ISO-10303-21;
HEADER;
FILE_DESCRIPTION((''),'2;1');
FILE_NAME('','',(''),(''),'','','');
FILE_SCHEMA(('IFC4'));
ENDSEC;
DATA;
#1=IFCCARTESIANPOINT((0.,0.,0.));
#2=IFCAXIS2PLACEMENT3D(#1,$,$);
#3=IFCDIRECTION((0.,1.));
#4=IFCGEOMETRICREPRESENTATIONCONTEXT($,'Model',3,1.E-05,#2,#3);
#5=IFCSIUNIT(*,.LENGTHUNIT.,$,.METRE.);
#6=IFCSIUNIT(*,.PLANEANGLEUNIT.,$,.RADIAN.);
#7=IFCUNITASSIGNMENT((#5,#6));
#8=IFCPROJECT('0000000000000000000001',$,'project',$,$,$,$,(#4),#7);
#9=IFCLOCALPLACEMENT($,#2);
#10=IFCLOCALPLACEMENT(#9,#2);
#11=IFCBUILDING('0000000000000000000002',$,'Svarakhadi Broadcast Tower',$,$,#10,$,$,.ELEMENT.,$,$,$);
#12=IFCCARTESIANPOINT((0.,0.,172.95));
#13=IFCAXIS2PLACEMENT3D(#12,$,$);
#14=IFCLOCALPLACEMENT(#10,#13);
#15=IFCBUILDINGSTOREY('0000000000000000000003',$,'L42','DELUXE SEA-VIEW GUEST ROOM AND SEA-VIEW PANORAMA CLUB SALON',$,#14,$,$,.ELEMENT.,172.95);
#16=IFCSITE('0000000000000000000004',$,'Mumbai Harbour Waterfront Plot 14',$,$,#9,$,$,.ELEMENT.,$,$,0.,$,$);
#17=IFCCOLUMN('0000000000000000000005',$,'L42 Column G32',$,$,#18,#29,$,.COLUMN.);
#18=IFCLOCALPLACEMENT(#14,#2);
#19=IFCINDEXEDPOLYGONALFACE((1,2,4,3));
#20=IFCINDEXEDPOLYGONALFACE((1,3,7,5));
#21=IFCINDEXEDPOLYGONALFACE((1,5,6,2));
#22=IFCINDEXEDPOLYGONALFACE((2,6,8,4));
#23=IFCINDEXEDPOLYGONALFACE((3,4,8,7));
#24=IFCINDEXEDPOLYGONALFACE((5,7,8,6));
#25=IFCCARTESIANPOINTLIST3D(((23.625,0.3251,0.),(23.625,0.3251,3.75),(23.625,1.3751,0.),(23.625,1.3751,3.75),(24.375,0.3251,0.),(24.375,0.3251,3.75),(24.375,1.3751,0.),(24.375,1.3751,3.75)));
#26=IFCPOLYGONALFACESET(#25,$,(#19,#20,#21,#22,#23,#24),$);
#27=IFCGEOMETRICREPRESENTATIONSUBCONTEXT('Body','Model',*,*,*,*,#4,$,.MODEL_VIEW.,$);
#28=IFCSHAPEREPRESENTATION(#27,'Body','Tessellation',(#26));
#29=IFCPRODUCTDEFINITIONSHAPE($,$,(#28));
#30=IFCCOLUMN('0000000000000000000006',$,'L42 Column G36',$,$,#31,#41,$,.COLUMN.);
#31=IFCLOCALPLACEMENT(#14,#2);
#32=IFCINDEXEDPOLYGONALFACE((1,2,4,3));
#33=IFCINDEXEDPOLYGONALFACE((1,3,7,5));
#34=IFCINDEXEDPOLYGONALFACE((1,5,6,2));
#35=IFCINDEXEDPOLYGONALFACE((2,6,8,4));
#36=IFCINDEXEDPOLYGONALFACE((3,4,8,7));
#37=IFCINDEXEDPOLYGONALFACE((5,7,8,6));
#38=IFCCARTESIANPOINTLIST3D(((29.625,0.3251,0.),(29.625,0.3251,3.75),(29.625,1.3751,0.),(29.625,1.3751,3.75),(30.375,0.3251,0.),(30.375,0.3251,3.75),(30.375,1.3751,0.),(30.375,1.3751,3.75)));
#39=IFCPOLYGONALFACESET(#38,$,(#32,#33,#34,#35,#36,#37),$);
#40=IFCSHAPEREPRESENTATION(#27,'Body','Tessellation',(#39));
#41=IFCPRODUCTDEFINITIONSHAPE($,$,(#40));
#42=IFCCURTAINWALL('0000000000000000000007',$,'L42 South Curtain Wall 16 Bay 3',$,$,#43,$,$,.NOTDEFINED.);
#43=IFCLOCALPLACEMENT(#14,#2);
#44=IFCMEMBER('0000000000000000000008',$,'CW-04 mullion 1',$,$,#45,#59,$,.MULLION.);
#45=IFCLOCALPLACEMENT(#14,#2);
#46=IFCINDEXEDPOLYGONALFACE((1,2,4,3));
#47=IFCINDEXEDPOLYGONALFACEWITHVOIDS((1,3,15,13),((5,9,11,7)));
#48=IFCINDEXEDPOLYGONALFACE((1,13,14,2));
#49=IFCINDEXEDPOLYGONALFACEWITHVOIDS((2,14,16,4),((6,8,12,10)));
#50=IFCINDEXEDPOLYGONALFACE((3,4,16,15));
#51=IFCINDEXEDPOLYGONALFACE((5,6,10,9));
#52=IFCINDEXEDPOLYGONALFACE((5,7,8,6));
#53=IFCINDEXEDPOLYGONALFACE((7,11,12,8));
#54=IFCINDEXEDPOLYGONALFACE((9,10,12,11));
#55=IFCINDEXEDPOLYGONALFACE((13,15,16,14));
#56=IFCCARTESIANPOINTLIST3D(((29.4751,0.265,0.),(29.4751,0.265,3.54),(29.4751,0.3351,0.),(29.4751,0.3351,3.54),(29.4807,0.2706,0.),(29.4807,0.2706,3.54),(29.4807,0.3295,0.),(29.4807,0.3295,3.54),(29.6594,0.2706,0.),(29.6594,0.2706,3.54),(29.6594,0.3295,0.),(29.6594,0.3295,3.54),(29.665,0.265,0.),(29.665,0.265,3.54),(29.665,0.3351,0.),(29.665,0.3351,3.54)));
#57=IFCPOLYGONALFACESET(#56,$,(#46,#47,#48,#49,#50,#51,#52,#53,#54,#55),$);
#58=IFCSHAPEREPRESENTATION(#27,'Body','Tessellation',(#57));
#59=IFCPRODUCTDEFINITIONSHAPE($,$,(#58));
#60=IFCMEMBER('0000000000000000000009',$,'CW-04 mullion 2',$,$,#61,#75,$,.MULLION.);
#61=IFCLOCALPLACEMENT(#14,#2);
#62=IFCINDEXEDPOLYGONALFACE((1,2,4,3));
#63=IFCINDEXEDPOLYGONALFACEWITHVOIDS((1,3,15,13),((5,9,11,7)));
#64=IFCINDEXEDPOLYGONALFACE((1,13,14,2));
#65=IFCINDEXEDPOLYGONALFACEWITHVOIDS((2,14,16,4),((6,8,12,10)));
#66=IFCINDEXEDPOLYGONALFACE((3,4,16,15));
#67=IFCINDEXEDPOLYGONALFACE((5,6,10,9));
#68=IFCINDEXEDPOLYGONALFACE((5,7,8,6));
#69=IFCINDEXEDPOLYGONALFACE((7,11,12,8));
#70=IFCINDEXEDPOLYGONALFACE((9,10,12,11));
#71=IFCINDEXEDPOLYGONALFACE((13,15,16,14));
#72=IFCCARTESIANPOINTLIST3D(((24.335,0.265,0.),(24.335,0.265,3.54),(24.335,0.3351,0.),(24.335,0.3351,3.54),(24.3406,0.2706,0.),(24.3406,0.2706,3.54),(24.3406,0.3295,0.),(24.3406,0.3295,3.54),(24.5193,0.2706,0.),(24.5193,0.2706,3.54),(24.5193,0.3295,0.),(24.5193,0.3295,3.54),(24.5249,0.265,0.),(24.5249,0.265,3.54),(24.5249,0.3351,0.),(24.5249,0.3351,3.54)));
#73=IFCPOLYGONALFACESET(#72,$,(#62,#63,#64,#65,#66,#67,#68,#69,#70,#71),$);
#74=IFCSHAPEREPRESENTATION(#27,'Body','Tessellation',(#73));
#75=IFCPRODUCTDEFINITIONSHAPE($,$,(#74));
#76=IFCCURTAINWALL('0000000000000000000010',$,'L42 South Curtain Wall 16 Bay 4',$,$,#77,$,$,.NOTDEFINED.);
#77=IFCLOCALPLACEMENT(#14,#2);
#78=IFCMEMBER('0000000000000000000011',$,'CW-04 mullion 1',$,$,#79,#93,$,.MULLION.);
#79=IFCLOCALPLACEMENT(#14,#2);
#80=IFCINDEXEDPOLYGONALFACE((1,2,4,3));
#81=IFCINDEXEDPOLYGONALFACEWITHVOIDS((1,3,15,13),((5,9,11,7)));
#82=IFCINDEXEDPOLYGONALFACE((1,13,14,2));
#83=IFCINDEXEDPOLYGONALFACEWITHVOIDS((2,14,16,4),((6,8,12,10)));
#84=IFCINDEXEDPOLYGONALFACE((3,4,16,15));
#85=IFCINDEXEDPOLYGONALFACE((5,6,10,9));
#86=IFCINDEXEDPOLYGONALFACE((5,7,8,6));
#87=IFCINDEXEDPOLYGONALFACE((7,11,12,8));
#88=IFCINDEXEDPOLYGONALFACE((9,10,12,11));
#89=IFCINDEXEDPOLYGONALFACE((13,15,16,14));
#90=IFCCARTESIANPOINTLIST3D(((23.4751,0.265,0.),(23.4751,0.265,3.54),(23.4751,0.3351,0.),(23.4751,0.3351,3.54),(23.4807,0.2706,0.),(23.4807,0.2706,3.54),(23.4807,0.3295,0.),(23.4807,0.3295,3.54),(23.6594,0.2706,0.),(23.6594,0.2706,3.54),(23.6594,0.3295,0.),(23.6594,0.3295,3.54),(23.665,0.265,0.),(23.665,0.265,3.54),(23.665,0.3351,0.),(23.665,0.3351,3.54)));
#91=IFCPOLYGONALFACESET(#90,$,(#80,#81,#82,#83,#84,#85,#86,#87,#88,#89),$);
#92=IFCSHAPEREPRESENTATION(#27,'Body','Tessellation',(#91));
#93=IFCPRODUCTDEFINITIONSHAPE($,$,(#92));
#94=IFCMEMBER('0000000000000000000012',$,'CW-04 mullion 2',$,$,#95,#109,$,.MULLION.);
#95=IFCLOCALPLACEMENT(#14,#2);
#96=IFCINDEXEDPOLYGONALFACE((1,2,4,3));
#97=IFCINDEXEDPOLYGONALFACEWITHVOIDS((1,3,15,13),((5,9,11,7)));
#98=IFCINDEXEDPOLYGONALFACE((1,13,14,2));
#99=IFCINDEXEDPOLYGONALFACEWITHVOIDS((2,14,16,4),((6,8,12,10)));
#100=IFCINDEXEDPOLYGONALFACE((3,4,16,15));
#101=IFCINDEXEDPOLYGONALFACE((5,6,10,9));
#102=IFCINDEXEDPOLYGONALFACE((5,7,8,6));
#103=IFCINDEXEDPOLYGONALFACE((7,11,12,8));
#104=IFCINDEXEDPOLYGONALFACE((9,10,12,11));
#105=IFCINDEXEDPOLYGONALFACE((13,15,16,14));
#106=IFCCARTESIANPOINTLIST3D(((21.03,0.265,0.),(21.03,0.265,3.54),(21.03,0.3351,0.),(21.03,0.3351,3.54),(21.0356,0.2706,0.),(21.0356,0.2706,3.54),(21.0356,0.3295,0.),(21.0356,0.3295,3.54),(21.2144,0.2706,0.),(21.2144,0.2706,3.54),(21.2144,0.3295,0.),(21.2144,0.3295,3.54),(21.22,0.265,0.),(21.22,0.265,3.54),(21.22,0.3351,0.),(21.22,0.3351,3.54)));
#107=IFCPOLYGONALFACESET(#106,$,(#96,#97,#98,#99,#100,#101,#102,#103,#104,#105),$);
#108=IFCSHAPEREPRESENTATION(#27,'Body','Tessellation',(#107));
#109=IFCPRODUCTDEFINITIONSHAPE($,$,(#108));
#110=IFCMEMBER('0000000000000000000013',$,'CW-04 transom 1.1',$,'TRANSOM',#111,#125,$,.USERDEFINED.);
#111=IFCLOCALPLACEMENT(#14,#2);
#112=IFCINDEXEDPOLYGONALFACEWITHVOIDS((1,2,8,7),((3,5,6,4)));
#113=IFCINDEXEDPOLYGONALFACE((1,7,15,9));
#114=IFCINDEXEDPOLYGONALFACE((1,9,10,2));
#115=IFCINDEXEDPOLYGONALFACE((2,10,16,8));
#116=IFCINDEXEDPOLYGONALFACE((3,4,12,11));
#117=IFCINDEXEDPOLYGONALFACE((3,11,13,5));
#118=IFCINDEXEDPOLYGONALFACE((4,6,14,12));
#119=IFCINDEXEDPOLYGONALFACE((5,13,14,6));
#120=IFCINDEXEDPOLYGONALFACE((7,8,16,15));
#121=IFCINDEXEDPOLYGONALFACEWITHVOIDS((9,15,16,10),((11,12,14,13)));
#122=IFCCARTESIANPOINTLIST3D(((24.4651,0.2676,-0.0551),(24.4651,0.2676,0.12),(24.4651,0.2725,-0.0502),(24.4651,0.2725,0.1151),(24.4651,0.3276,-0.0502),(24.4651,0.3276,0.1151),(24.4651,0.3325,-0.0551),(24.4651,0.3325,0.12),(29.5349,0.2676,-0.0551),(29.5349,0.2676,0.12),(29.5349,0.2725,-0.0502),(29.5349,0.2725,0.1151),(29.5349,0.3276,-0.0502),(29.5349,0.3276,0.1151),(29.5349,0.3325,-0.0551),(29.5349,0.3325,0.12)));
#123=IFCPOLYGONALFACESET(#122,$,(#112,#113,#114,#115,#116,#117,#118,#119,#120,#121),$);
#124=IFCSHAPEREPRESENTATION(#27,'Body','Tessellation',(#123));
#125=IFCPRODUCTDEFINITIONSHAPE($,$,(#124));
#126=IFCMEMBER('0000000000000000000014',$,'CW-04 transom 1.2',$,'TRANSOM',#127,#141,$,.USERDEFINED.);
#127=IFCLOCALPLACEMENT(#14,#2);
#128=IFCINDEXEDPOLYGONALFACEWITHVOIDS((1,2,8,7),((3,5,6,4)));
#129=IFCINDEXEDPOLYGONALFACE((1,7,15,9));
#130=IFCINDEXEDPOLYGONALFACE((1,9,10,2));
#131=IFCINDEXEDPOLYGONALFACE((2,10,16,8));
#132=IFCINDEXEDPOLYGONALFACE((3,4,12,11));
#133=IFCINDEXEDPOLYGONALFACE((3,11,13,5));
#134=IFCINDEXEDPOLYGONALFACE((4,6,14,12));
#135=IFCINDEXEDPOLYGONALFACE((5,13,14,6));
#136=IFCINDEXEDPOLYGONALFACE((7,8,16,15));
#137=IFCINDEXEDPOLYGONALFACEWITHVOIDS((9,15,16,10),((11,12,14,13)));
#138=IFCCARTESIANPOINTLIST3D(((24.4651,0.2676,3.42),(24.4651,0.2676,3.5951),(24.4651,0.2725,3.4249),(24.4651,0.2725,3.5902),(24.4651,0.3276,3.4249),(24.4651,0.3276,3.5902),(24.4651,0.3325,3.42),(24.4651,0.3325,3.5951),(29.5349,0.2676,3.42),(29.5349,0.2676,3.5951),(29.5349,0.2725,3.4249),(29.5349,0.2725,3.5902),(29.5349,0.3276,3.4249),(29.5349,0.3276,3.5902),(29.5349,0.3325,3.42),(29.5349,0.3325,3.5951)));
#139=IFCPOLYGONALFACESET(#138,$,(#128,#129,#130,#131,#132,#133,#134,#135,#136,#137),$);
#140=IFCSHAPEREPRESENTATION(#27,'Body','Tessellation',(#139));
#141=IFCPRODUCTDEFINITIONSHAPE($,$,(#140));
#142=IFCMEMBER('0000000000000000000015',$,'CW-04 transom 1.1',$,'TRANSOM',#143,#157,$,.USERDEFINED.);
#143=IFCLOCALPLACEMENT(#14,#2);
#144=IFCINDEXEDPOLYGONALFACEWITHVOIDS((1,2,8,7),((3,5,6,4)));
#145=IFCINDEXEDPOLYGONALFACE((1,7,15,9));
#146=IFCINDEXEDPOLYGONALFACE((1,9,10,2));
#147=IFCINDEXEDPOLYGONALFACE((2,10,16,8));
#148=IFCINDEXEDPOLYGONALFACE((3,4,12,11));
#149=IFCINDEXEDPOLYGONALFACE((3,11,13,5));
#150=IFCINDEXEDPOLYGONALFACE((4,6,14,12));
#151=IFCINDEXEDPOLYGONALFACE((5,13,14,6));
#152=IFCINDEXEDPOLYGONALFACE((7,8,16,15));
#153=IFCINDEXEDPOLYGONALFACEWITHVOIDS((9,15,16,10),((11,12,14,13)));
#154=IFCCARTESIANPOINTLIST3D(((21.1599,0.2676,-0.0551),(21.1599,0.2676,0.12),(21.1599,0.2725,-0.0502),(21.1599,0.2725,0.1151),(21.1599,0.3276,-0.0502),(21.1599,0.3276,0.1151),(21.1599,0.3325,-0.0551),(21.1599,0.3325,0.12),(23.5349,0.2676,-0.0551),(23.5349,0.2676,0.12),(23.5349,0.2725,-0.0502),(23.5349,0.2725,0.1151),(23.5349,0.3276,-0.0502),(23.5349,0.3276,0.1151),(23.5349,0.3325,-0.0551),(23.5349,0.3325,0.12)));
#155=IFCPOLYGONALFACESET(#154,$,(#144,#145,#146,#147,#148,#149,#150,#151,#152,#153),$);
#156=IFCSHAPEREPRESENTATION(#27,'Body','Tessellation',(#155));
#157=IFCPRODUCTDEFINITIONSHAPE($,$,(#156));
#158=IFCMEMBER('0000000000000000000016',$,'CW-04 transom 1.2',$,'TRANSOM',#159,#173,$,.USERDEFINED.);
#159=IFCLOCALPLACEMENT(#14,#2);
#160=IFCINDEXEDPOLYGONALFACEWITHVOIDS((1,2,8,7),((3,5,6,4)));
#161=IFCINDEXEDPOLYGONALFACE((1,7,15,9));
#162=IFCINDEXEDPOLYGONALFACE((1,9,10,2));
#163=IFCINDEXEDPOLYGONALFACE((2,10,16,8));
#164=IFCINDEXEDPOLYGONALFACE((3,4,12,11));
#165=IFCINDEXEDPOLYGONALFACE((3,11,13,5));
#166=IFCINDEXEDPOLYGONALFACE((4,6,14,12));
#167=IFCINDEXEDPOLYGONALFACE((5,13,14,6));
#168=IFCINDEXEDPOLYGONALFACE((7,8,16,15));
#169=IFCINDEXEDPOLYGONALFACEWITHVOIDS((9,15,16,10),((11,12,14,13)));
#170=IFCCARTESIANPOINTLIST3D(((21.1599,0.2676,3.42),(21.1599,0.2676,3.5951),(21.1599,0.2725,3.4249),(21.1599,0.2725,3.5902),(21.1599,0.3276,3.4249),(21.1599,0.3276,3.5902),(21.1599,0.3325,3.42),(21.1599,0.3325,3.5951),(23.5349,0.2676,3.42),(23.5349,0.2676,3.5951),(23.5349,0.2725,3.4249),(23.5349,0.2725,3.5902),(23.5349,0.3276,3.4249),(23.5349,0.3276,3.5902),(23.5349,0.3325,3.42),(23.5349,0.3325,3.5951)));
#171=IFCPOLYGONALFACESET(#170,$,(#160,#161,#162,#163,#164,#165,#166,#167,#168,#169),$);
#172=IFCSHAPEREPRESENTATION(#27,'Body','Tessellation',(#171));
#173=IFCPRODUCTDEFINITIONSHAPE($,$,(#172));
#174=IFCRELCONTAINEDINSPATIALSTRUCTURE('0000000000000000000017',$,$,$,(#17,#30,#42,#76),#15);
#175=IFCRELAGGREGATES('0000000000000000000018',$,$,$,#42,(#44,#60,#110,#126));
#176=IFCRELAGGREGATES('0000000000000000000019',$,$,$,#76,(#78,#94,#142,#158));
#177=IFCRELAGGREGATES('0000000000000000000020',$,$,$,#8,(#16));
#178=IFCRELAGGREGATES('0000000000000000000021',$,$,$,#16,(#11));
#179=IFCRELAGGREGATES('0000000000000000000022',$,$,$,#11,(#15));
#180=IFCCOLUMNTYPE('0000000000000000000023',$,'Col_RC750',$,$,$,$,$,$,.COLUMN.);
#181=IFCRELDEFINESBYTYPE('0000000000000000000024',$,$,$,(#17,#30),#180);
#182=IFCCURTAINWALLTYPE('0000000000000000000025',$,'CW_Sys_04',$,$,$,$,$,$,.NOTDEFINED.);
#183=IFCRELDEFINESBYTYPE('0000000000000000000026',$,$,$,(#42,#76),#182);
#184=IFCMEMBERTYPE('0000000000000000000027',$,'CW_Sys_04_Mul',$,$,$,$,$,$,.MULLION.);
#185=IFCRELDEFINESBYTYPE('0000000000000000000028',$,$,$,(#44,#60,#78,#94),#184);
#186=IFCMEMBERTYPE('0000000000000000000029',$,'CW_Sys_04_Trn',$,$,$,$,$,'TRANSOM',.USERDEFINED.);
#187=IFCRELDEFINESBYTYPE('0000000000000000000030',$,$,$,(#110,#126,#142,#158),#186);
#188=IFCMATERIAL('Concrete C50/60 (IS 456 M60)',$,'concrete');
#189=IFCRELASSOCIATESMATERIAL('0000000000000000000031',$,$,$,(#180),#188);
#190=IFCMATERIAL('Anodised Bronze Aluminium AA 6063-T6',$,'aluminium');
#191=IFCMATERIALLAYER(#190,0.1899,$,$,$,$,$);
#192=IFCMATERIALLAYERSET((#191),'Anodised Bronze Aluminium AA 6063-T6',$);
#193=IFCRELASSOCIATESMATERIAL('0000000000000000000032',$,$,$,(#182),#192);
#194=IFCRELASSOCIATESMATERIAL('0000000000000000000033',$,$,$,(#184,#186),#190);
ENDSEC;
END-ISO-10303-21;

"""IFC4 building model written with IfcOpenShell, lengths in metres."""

from ifc_helpers import new_model, si_unit, direction, frame, origin, origin_2d, place, context, subcontext, project, spatial, rectangle, hollow_rectangle, extrude, material, layer, layer_set, material_profile, profile_set, type_object, element, aggregate, save


model = new_model("IFC4")

# Units and contexts
model_context = context("Model", 3, precision=1e-05, world=origin(), true_north=direction((0.0, 1.0)))
body_context = subcontext(model_context, "Body", "Model", "MODEL_VIEW")
ifc_project = project(units=[si_unit("LENGTHUNIT", "METRE"), si_unit("PLANEANGLEUNIT", "RADIAN")], contexts=[model_context])

# Site, building, storey
site_placement = place(None, origin())
site = spatial("IfcSite", under=ifc_project, at=site_placement, Name="Mumbai Harbour Waterfront Plot 14", CompositionType="ELEMENT", RefElevation=0.0)
building_placement = place(site_placement, origin())
building = spatial("IfcBuilding", under=site, at=building_placement, Name="Svarakhadi Broadcast Tower", CompositionType="ELEMENT")
storey_placement = place(building_placement, frame((0.0, 0.0, 172.95)))
storey = spatial("IfcBuildingStorey", under=building, at=storey_placement, Name="L42", Description="DELUXE SEA-VIEW GUEST ROOM AND SEA-VIEW PANORAMA CLUB SALON", CompositionType="ELEMENT", Elevation=172.95)

# Columns
ifc_material_1 = material(Name="Concrete C50/60 (IS 456 M60)", Category="concrete")
ifc_material_profile_1 = material_profile(ifc_material_1, rectangle(XDim=0.75, YDim=1.05, at=origin_2d()), Name="RC 750x1050")
ifc_profile_set_1 = profile_set([ifc_material_profile_1], Name="Concrete C50/60 (IS 456 M60)")
column_type = type_object("IfcColumnType", Name="Col_RC750", PredefinedType="COLUMN", material=ifc_profile_set_1)
for number, where, z_axis, x_axis, name in (
    (1, (24.0, 0.8501, 0.0), (0.0, 0.0, 1.0), (1.0, 0.0, 0.0), "L42 Column G32"),
    (2, (30.0, 0.8501, 0.0), (0.0, 0.0, 1.0), (1.0, 0.0, 0.0), "L42 Column G36"),
):
    element("IfcColumn", number, at=place(storey_placement, frame(where, z_axis=z_axis, x_axis=x_axis)), inside=storey, type_object=column_type, Name=name, PredefinedType="COLUMN", context=body_context, shape_type="SweptSolid", body=[
        extrude(rectangle(XDim=0.75, YDim=1.05, at=origin_2d()), origin(), (0.0, 0.0, 1.0), 3.75),
    ])

# Curtain walls, members
ifc_material_2 = material(Name="Anodised Bronze Aluminium AA 6063-T6", Category="aluminium")
ifc_layer_1 = layer(ifc_material_2, 0.1899)
ifc_layer_set_1 = layer_set([ifc_layer_1], Name="Anodised Bronze Aluminium AA 6063-T6")
curtain_wall_type = type_object("IfcCurtainWallType", Name="CW_Sys_04", PredefinedType="NOTDEFINED", material=ifc_layer_set_1)
curtain_wall_1_placement = place(storey_placement, origin())
curtain_wall_1 = element("IfcCurtainWall", 3, at=curtain_wall_1_placement, inside=storey, type_object=curtain_wall_type, Name="L42 South Curtain Wall 16 Bay 3", PredefinedType="NOTDEFINED")
ifc_material_profile_2 = material_profile(ifc_material_2, hollow_rectangle(XDim=0.0701, YDim=0.1899, WallThickness=0.0056, at=origin_2d()), Name="ALU MULLION 190x70x6")
ifc_profile_set_2 = profile_set([ifc_material_profile_2], Name="Anodised Bronze Aluminium AA 6063-T6")
member_type_1 = type_object("IfcMemberType", Name="CW_Sys_04_Mul", PredefinedType="MULLION", material=ifc_profile_set_2)
member_1_placement = place(storey_placement, frame((29.5701, 0.3, 0.0), z_axis=(0.0, 0.0, 1.0), x_axis=(0.0, -1.0, 0.0)))
member_1 = element("IfcMember", 4, at=member_1_placement, type_object=member_type_1, Name="CW-04 mullion 1", PredefinedType="MULLION", context=body_context, shape_type="SweptSolid", body=[
    extrude(hollow_rectangle(XDim=0.0701, YDim=0.1899, WallThickness=0.0056, at=origin_2d()), origin(), (0.0, 0.0, 1.0), 3.54),
])
member_2_placement = place(storey_placement, frame((24.4299, 0.3, 0.0), z_axis=(0.0, 0.0, 1.0), x_axis=(0.0, -1.0, 0.0)))
member_2 = element("IfcMember", 5, at=member_2_placement, type_object=member_type_1, Name="CW-04 mullion 2", PredefinedType="MULLION", context=body_context, shape_type="SweptSolid", body=[
    extrude(hollow_rectangle(XDim=0.0701, YDim=0.1899, WallThickness=0.0056, at=origin_2d()), origin(), (0.0, 0.0, 1.0), 3.54),
])
curtain_wall_2_placement = place(storey_placement, origin())
curtain_wall_2 = element("IfcCurtainWall", 6, at=curtain_wall_2_placement, inside=storey, type_object=curtain_wall_type, Name="L42 South Curtain Wall 16 Bay 4", PredefinedType="NOTDEFINED")
member_3_placement = place(storey_placement, frame((23.5701, 0.3, 0.0), z_axis=(0.0, 0.0, 1.0), x_axis=(0.0, -1.0, 0.0)))
member_3 = element("IfcMember", 7, at=member_3_placement, type_object=member_type_1, Name="CW-04 mullion 1", PredefinedType="MULLION", context=body_context, shape_type="SweptSolid", body=[
    extrude(hollow_rectangle(XDim=0.0701, YDim=0.1899, WallThickness=0.0056, at=origin_2d()), origin(), (0.0, 0.0, 1.0), 3.54),
])
member_4_placement = place(storey_placement, frame((21.125, 0.3, 0.0), z_axis=(0.0, 0.0, 1.0), x_axis=(0.0, -1.0, 0.0)))
member_4 = element("IfcMember", 8, at=member_4_placement, type_object=member_type_1, Name="CW-04 mullion 2", PredefinedType="MULLION", context=body_context, shape_type="SweptSolid", body=[
    extrude(hollow_rectangle(XDim=0.0701, YDim=0.1899, WallThickness=0.0056, at=origin_2d()), origin(), (0.0, 0.0, 1.0), 3.54),
])

# Members
ifc_material_profile_3 = material_profile(ifc_material_2, hollow_rectangle(XDim=0.0649, YDim=0.175, WallThickness=0.0049, at=origin_2d()), Name="ALU TRANSOM 175x65x5")
ifc_profile_set_3 = profile_set([ifc_material_profile_3], Name="Anodised Bronze Aluminium AA 6063-T6")
member_type_2 = type_object("IfcMemberType", Name="CW_Sys_04_Trn", ElementType="TRANSOM", PredefinedType="USERDEFINED", material=ifc_profile_set_3)
member_5_placement = place(storey_placement, frame((29.5349, 0.3, 0.0325), z_axis=(-1.0, 0.0, 0.0), x_axis=(0.0, -1.0, 0.0)))
member_5 = element("IfcMember", 9, at=member_5_placement, type_object=member_type_2, Name="CW-04 transom 1.1", ObjectType="TRANSOM", PredefinedType="USERDEFINED", context=body_context, shape_type="SweptSolid", body=[
    extrude(hollow_rectangle(XDim=0.0649, YDim=0.175, WallThickness=0.0049, at=origin_2d()), origin(), (0.0, 0.0, 1.0), 5.0698),
])
member_6_placement = place(storey_placement, frame((29.5349, 0.3, 3.5076), z_axis=(-1.0, 0.0, 0.0), x_axis=(0.0, -1.0, 0.0)))
member_6 = element("IfcMember", 10, at=member_6_placement, type_object=member_type_2, Name="CW-04 transom 1.2", ObjectType="TRANSOM", PredefinedType="USERDEFINED", context=body_context, shape_type="SweptSolid", body=[
    extrude(hollow_rectangle(XDim=0.0649, YDim=0.175, WallThickness=0.0049, at=origin_2d()), origin(), (0.0, 0.0, 1.0), 5.0698),
])
member_7_placement = place(storey_placement, frame((23.5349, 0.3, 0.0325), z_axis=(-1.0, 0.0, 0.0), x_axis=(0.0, -1.0, 0.0)))
member_7 = element("IfcMember", 11, at=member_7_placement, type_object=member_type_2, Name="CW-04 transom 1.1", ObjectType="TRANSOM", PredefinedType="USERDEFINED", context=body_context, shape_type="SweptSolid", body=[
    extrude(hollow_rectangle(XDim=0.0649, YDim=0.175, WallThickness=0.0049, at=origin_2d()), origin(), (0.0, 0.0, 1.0), 2.375),
])
member_8_placement = place(storey_placement, frame((23.5349, 0.3, 3.5076), z_axis=(-1.0, 0.0, 0.0), x_axis=(0.0, -1.0, 0.0)))
member_8 = element("IfcMember", 12, at=member_8_placement, type_object=member_type_2, Name="CW-04 transom 1.2", ObjectType="TRANSOM", PredefinedType="USERDEFINED", context=body_context, shape_type="SweptSolid", body=[
    extrude(hollow_rectangle(XDim=0.0649, YDim=0.175, WallThickness=0.0049, at=origin_2d()), origin(), (0.0, 0.0, 1.0), 2.375),
])

aggregate(curtain_wall_1, [member_1, member_2, member_5, member_6])
aggregate(curtain_wall_2, [member_3, member_4, member_7, member_8])

save(model, "model.ifc")
